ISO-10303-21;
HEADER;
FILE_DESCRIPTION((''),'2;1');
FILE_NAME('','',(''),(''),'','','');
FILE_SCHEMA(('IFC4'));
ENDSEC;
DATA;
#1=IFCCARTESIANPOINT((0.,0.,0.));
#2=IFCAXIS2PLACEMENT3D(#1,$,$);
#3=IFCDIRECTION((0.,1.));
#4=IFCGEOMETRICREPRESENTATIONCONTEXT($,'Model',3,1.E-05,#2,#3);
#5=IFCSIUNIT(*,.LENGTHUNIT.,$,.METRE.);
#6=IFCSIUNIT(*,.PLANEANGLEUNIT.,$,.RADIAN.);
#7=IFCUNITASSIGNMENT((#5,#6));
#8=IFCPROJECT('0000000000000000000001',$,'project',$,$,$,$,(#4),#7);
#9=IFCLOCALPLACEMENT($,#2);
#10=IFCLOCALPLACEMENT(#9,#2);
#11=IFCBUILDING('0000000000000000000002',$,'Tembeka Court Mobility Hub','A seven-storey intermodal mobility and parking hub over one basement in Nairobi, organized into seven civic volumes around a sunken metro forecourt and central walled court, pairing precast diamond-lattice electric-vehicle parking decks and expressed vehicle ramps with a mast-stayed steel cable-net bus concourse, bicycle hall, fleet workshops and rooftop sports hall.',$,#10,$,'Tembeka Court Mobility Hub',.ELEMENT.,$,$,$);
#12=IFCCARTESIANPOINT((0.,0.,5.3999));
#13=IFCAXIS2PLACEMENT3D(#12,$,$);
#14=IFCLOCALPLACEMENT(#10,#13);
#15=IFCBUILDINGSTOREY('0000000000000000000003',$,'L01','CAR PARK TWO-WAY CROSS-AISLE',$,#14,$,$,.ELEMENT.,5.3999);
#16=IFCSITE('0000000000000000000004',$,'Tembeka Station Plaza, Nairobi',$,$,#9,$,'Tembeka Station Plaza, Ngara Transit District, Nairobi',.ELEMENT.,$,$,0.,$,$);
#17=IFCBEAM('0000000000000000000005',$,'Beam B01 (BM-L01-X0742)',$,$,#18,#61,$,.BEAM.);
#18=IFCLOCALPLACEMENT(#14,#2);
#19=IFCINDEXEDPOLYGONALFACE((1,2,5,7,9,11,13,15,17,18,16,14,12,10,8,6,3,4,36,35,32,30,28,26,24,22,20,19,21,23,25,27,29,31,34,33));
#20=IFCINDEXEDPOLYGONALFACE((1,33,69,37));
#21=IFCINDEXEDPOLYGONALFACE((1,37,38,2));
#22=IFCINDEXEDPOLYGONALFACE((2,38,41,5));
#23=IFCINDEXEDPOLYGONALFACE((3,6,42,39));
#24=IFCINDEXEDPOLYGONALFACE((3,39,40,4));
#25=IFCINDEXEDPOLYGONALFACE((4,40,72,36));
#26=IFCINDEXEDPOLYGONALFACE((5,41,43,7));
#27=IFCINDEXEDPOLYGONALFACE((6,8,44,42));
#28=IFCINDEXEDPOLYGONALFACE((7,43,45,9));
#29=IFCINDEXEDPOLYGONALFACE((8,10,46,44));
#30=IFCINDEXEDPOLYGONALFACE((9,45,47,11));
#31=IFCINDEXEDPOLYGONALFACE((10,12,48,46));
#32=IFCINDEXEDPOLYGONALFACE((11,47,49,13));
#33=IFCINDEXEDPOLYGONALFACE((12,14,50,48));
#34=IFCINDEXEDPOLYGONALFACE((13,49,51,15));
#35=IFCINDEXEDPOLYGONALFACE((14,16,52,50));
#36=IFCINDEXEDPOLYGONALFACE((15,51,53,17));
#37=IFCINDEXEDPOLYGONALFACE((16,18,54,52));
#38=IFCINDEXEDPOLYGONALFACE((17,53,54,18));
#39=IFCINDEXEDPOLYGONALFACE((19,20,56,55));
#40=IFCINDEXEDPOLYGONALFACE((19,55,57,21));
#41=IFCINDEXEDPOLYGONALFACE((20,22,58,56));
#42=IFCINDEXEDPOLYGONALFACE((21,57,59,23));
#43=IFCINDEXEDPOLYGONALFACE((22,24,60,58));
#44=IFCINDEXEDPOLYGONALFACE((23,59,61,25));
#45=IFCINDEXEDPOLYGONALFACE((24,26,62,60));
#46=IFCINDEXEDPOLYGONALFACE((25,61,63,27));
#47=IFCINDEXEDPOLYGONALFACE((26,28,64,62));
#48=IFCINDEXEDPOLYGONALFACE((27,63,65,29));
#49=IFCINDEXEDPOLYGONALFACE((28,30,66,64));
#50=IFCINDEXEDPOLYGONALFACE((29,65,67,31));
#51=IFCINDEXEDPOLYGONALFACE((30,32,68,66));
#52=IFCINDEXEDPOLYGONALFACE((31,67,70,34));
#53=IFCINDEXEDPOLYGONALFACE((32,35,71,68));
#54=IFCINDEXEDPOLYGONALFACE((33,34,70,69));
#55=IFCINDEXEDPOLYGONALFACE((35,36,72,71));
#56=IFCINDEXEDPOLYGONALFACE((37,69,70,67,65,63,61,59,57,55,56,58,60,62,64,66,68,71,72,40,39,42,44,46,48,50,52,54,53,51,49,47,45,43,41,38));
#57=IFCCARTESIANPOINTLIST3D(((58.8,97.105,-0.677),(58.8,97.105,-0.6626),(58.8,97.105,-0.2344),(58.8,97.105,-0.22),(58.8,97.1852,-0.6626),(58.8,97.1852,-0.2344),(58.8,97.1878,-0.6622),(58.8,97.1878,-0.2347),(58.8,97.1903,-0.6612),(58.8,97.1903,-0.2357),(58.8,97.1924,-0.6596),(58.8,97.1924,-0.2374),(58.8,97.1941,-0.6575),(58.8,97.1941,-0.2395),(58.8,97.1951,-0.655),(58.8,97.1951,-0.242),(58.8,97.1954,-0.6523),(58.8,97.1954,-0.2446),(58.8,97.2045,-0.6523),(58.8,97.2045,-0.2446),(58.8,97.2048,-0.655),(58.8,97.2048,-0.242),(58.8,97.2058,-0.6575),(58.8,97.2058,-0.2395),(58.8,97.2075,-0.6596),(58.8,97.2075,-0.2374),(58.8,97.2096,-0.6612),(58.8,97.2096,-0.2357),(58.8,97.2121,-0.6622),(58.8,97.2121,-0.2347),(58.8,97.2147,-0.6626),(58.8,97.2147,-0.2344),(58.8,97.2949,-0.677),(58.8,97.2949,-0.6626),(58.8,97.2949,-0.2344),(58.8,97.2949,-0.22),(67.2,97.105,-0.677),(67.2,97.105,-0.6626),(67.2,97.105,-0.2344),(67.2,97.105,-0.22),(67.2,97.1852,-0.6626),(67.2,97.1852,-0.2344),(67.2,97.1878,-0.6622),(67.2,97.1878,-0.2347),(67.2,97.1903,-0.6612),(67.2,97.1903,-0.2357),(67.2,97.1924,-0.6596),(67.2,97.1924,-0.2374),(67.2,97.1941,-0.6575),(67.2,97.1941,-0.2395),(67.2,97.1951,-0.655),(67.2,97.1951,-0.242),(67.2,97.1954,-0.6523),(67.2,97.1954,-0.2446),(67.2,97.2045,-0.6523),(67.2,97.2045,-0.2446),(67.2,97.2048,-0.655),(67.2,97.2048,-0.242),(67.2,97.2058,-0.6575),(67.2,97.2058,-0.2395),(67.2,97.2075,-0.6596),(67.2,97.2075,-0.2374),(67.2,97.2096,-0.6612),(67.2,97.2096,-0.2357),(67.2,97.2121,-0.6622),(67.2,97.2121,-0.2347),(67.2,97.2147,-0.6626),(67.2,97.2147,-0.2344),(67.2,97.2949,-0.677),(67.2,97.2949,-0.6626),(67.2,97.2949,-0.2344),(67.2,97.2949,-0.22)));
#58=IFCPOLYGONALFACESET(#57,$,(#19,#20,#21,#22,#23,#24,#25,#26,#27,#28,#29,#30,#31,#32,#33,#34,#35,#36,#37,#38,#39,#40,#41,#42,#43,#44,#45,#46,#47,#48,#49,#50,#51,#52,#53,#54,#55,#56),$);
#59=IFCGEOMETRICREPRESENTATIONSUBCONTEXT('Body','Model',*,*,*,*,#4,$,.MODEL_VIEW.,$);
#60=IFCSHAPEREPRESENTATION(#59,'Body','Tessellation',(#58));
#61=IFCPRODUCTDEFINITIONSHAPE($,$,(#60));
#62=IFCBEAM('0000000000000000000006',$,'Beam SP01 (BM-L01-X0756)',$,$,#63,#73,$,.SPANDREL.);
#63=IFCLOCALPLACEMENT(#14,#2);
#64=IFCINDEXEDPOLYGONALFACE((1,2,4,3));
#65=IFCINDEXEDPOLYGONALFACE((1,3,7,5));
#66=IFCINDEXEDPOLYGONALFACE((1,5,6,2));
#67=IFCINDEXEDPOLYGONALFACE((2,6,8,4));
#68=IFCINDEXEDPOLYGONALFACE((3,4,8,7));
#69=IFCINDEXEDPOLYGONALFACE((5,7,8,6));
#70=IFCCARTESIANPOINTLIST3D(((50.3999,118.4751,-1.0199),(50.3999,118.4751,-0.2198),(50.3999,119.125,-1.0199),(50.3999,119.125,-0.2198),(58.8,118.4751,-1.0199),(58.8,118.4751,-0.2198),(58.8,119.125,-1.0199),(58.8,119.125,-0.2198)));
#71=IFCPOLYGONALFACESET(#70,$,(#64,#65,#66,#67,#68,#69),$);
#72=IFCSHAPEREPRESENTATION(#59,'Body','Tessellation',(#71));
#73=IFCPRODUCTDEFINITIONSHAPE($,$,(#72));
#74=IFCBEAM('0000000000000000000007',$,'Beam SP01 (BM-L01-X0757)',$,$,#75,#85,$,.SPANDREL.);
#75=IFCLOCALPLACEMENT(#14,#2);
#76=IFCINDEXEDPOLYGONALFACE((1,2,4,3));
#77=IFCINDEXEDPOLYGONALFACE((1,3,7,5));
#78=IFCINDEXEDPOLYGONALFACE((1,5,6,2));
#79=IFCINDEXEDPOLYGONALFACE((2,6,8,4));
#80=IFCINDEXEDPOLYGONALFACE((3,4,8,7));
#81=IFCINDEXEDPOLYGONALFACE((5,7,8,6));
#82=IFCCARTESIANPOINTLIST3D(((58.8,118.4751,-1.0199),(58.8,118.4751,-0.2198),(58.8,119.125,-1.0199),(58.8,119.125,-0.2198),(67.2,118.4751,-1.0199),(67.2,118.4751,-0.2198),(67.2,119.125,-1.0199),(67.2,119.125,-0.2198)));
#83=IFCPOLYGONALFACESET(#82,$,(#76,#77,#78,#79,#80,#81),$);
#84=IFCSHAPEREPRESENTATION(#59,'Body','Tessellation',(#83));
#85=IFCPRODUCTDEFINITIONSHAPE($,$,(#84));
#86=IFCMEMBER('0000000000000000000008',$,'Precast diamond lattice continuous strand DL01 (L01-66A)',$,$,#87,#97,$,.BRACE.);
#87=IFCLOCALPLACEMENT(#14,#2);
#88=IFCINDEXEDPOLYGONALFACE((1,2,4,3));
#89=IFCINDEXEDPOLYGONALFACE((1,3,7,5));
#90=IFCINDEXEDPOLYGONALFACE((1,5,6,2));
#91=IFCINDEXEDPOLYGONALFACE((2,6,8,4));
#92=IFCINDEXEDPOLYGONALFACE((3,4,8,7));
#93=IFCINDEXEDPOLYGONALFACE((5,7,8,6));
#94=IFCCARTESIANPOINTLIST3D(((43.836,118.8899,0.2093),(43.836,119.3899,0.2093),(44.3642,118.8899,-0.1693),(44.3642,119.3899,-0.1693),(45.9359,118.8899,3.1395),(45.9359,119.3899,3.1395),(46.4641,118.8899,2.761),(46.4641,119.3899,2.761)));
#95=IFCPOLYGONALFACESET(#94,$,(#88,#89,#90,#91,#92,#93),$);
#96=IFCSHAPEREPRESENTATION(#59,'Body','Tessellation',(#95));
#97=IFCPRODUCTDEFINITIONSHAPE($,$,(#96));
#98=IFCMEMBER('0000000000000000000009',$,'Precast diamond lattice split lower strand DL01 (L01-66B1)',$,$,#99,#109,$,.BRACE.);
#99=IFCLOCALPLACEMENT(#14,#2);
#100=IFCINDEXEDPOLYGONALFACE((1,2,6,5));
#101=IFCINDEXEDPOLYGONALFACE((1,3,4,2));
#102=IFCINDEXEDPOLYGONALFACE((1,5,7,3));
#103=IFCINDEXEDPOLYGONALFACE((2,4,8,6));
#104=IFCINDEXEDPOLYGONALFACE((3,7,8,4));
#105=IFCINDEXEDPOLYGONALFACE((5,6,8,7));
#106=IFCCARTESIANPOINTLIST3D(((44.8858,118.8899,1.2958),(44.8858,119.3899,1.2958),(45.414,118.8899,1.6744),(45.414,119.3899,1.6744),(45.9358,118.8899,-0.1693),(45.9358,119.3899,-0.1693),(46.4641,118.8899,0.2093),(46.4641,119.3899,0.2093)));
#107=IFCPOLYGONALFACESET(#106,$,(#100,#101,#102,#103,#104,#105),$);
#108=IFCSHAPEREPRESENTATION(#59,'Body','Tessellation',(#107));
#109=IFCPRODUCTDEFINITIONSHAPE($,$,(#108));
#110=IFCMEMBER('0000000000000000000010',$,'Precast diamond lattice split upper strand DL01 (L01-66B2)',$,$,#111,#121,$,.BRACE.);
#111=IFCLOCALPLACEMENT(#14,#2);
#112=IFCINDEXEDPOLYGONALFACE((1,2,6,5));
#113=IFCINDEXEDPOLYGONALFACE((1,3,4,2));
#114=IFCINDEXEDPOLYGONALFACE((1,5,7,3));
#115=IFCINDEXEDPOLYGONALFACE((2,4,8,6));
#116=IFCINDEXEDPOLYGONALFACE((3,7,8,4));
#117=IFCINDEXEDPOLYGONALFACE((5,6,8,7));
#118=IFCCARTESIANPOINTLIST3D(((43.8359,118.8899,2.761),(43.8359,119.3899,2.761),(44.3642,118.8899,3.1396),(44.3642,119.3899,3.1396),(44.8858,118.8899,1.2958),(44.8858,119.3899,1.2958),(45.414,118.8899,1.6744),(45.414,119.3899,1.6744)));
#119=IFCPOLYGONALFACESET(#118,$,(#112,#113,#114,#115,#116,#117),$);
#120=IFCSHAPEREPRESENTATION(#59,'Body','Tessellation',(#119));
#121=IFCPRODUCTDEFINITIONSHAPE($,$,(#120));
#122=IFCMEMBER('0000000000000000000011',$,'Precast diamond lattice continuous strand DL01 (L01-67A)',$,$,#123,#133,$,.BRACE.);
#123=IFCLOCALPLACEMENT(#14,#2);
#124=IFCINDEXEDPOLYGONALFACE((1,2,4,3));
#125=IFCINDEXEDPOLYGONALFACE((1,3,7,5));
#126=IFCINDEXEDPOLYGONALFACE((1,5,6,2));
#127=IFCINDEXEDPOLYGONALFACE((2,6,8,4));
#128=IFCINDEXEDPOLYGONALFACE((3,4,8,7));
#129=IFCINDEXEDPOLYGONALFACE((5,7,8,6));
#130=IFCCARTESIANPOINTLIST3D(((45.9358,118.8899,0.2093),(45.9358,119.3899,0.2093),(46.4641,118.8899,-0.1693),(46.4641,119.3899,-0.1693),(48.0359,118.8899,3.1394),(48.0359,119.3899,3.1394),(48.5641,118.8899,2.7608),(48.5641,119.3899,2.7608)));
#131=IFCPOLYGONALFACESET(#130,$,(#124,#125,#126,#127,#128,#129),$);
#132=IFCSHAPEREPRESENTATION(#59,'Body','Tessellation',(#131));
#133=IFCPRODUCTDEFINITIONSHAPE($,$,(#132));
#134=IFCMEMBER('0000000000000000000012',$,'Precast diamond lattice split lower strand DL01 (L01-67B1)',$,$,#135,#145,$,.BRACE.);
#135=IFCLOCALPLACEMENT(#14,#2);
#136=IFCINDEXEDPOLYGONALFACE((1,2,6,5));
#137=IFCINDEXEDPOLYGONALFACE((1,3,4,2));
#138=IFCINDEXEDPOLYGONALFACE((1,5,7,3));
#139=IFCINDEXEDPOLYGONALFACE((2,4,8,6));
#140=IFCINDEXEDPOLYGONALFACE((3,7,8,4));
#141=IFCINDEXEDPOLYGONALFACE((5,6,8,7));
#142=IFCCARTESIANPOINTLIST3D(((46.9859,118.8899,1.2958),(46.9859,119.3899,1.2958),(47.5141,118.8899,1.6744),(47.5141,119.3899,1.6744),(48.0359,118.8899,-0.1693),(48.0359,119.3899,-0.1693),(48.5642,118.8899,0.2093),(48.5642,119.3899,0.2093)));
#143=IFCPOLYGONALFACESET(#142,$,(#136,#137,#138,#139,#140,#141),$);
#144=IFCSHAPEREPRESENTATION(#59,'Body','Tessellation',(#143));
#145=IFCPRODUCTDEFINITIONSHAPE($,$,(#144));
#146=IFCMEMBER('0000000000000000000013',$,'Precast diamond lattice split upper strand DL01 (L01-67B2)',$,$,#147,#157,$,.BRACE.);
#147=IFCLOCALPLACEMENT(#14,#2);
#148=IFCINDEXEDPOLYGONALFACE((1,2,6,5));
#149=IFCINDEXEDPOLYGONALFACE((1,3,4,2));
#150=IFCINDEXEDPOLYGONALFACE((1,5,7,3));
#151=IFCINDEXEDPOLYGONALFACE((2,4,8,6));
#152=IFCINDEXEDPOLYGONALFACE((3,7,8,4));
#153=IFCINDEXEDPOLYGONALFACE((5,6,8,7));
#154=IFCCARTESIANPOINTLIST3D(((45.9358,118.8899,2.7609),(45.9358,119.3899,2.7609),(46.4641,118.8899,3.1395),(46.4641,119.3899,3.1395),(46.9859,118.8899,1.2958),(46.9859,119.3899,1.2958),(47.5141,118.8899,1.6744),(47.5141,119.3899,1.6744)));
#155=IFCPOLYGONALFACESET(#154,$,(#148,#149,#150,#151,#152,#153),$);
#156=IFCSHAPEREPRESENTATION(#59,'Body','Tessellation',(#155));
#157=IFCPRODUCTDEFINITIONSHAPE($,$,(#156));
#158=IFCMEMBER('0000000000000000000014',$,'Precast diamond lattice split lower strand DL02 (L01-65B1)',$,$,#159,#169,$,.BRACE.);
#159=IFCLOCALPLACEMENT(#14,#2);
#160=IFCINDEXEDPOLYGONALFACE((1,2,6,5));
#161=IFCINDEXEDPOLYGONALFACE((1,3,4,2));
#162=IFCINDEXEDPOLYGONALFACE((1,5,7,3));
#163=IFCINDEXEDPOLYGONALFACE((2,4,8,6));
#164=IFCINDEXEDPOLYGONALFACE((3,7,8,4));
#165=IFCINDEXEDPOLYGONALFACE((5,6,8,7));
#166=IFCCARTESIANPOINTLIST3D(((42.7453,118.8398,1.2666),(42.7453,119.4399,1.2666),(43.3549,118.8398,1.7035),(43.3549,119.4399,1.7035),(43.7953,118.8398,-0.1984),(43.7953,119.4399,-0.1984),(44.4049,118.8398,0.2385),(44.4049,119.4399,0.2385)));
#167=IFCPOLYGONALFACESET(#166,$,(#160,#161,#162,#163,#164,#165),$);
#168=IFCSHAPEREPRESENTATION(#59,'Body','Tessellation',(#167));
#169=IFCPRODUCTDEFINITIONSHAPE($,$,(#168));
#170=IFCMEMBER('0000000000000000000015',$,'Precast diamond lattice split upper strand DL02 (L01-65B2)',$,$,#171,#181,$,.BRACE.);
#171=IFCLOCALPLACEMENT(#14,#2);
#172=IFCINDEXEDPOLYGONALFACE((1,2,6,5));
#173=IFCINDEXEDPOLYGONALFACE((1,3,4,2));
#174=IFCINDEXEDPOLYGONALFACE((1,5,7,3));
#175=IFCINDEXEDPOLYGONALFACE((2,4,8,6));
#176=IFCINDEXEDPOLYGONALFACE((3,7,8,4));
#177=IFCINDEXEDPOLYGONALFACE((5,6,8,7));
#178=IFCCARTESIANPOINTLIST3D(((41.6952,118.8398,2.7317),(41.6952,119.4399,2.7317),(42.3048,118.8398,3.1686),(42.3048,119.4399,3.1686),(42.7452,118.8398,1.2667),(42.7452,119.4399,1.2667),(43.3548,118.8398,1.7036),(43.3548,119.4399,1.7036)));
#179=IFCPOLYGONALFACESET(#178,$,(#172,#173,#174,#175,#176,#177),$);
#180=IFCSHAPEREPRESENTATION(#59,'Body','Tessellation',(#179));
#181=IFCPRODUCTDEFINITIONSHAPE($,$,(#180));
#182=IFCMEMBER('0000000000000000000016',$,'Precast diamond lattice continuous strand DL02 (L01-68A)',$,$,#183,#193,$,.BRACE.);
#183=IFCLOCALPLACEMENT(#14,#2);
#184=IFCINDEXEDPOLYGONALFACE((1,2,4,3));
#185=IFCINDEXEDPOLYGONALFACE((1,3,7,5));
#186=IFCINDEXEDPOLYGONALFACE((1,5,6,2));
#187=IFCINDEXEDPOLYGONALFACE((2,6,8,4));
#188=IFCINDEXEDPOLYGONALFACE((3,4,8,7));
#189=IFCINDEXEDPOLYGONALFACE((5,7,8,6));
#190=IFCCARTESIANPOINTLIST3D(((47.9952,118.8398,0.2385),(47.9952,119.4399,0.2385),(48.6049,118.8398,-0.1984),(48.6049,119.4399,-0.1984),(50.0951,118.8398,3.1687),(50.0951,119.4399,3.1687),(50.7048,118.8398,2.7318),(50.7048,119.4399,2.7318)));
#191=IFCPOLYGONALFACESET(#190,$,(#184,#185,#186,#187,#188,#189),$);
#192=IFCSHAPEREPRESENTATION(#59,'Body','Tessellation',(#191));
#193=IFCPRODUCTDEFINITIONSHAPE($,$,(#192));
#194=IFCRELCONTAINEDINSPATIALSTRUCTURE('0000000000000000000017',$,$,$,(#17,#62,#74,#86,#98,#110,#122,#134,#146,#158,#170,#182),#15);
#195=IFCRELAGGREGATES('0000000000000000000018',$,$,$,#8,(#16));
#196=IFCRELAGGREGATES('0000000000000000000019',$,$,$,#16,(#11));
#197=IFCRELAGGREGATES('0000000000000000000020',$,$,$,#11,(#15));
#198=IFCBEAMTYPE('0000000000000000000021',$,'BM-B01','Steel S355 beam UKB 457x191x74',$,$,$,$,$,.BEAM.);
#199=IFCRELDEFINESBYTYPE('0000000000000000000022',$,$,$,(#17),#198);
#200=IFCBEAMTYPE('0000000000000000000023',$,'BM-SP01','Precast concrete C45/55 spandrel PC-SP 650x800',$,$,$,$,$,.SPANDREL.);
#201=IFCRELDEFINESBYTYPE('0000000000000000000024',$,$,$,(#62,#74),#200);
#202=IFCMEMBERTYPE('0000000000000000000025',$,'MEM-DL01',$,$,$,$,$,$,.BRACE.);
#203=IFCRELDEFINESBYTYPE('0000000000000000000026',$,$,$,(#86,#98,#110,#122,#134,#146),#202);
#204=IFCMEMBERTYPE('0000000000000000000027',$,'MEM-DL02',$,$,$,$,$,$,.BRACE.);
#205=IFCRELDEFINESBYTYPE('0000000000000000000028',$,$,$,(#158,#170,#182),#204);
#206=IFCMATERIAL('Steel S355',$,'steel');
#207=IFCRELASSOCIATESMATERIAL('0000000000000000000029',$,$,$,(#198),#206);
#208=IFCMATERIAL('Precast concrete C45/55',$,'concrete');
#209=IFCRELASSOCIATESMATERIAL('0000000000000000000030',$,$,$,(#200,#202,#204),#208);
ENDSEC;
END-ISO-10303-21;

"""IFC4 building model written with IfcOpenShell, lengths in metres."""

from ifc_helpers import new_model, si_unit, direction, frame, origin, origin_2d, place, context, subcontext, project, spatial, rectangle, i_section, extrude, material, material_profile, profile_set, type_object, element, save


model = new_model("IFC4")

# Units and contexts
model_context = context("Model", 3, precision=1e-05, world=origin(), true_north=direction((0.0, 1.0)))
body_context = subcontext(model_context, "Body", "Model", "MODEL_VIEW")
ifc_project = project(units=[si_unit("LENGTHUNIT", "METRE"), si_unit("PLANEANGLEUNIT", "RADIAN")], contexts=[model_context])

# Site, building, storey
site_placement = place(None, origin())
site = spatial("IfcSite", under=ifc_project, at=site_placement, Name="Tembeka Station Plaza, Nairobi", LongName="Tembeka Station Plaza, Ngara Transit District, Nairobi", CompositionType="ELEMENT", RefElevation=0.0)
building_placement = place(site_placement, origin())
building = spatial("IfcBuilding", under=site, at=building_placement, Name="Tembeka Court Mobility Hub", Description="A seven-storey intermodal mobility and parking hub over one basement in Nairobi, organized into seven civic volumes around a sunken metro forecourt and central walled court, pairing precast diamond-lattice electric-vehicle parking decks and expressed vehicle ramps with a mast-stayed steel cable-net bus concourse, bicycle hall, fleet workshops and rooftop sports hall.", LongName="Tembeka Court Mobility Hub", CompositionType="ELEMENT")
storey_placement = place(building_placement, frame((0.0, 0.0, 5.3999)))
storey = spatial("IfcBuildingStorey", under=building, at=storey_placement, Name="L01", Description="CAR PARK TWO-WAY CROSS-AISLE", CompositionType="ELEMENT", Elevation=5.3999)

# Shared definitions
ifc_material_1 = material(Name="Steel S355", Category="steel")

# Beams
ifc_material_profile_1 = material_profile(ifc_material_1, i_section(OverallWidth=0.1899, OverallDepth=0.457, WebThickness=0.009, FlangeThickness=0.0144, FilletRadius=0.0103, at=origin_2d()), Name="UKB 457x191x74")
ifc_profile_set_1 = profile_set([ifc_material_profile_1], Name="Steel S355")
beam_type_1 = type_object("IfcBeamType", Name="BM-B01", Description="Steel S355 beam UKB 457x191x74", PredefinedType="BEAM", material=ifc_profile_set_1)
beam_1_placement = place(storey_placement, frame((58.8, 97.2, -0.4485), z_axis=(1.0, 0.0, 0.0), x_axis=(0.0, 1.0, 0.0)))
element("IfcBeam", 1, at=beam_1_placement, inside=storey, type_object=beam_type_1, Name="Beam B01 (BM-L01-X0742)", PredefinedType="BEAM", context=body_context, shape_type="SweptSolid", body=[
    extrude(i_section(OverallWidth=0.1899, OverallDepth=0.457, WebThickness=0.009, FlangeThickness=0.0144, FilletRadius=0.0103, at=origin_2d()), origin(), (0.0, 0.0, 1.0), 8.3999),
])
ifc_material_2 = material(Name="Precast concrete C45/55", Category="concrete")
ifc_material_profile_2 = material_profile(ifc_material_2, rectangle(XDim=0.6499, YDim=0.8, at=origin_2d()), Name="PC-SP 650x800")
ifc_profile_set_2 = profile_set([ifc_material_profile_2], Name="Precast concrete C45/55")
beam_type_2 = type_object("IfcBeamType", Name="BM-SP01", Description="Precast concrete C45/55 spandrel PC-SP 650x800", PredefinedType="SPANDREL", material=ifc_profile_set_2)
beam_2_placement = place(storey_placement, frame((50.3999, 118.8, -0.6199), z_axis=(1.0, 0.0, 0.0), x_axis=(0.0, 1.0, 0.0)))
element("IfcBeam", 2, at=beam_2_placement, inside=storey, type_object=beam_type_2, Name="Beam SP01 (BM-L01-X0756)", PredefinedType="SPANDREL", context=body_context, shape_type="SweptSolid", body=[
    extrude(rectangle(XDim=0.6499, YDim=0.8, at=origin_2d()), origin(), (0.0, 0.0, 1.0), 8.4001),
])
beam_3_placement = place(storey_placement, frame((58.8, 118.8, -0.6199), z_axis=(1.0, 0.0, 0.0), x_axis=(0.0, 1.0, 0.0)))
element("IfcBeam", 3, at=beam_3_placement, inside=storey, type_object=beam_type_2, Name="Beam SP01 (BM-L01-X0757)", PredefinedType="SPANDREL", context=body_context, shape_type="SweptSolid", body=[
    extrude(rectangle(XDim=0.6499, YDim=0.8, at=origin_2d()), origin(), (0.0, 0.0, 1.0), 8.3999),
])

# Members
ifc_material_profile_3 = material_profile(ifc_material_2, rectangle(XDim=0.5, YDim=0.6499, at=origin_2d()), Name="PC-DIAG 500x650")
ifc_profile_set_3 = profile_set([ifc_material_profile_3], Name="Precast concrete C45/55")
member_type_1 = type_object("IfcMemberType", Name="MEM-DL01", PredefinedType="BRACE", material=ifc_profile_set_3)
member_1_placement = place(storey_placement, frame((44.1001, 119.1399, 0.02), z_axis=(0.5825, 0.0, 0.812831), x_axis=(0.0, 1.0, 0.0)))
element("IfcMember", 4, at=member_1_placement, inside=storey, type_object=member_type_1, Name="Precast diamond lattice continuous strand DL01 (L01-66A)", PredefinedType="BRACE", context=body_context, shape_type="SweptSolid", body=[
    extrude(rectangle(XDim=0.5, YDim=0.6499, at=origin_2d()), origin(), (0.0, 0.0, 1.0), 3.605),
])
for number, where, z_axis, x_axis, name in (
    (5, (46.2, 119.1399, 0.02), (-0.582544, 0.0, 0.812799), (0.0, -1.0, 0.0), "Precast diamond lattice split lower strand DL01 (L01-66B1)"),
    (6, (45.1499, 119.1399, 1.4851), (-0.582455, 0.0, 0.812863), (0.0, -1.0, 0.0), "Precast diamond lattice split upper strand DL01 (L01-66B2)"),
):
    element("IfcMember", number, at=place(storey_placement, frame(where, z_axis=z_axis, x_axis=x_axis)), inside=storey, type_object=member_type_1, Name=name, PredefinedType="BRACE", context=body_context, shape_type="SweptSolid", body=[
        extrude(rectangle(XDim=0.5, YDim=0.6499, at=origin_2d()), origin(), (0.0, 0.0, 1.0), 1.8025),
    ])
member_2_placement = place(storey_placement, frame((46.2, 119.1399, 0.02), z_axis=(0.582544, 0.0, 0.812799), x_axis=(0.0, 1.0, 0.0)))
element("IfcMember", 7, at=member_2_placement, inside=storey, type_object=member_type_1, Name="Precast diamond lattice continuous strand DL01 (L01-67A)", PredefinedType="BRACE", context=body_context, shape_type="SweptSolid", body=[
    extrude(rectangle(XDim=0.5, YDim=0.6499, at=origin_2d()), origin(), (0.0, 0.0, 1.0), 3.605),
])
for number, where, z_axis, x_axis, name in (
    (8, (48.3, 119.1399, 0.02), (-0.582544, 0.0, 0.812799), (0.0, -1.0, 0.0), "Precast diamond lattice split lower strand DL01 (L01-67B1)"),
    (9, (47.25, 119.1399, 1.4851), (-0.582544, 0.0, 0.812799), (0.0, -1.0, 0.0), "Precast diamond lattice split upper strand DL01 (L01-67B2)"),
):
    element("IfcMember", number, at=place(storey_placement, frame(where, z_axis=z_axis, x_axis=x_axis)), inside=storey, type_object=member_type_1, Name=name, PredefinedType="BRACE", context=body_context, shape_type="SweptSolid", body=[
        extrude(rectangle(XDim=0.5, YDim=0.6499, at=origin_2d()), origin(), (0.0, 0.0, 1.0), 1.8025),
    ])
ifc_material_profile_4 = material_profile(ifc_material_2, rectangle(XDim=0.6001, YDim=0.75, at=origin_2d()), Name="PC-DIAG 600x750")
ifc_profile_set_4 = profile_set([ifc_material_profile_4], Name="Precast concrete C45/55")
member_type_2 = type_object("IfcMemberType", Name="MEM-DL02", PredefinedType="BRACE", material=ifc_profile_set_4)
for number, where, z_axis, x_axis, name in (
    (10, (44.1001, 119.1399, 0.02), (-0.582544, 0.0, 0.812799), (0.0, -1.0, 0.0), "Precast diamond lattice split lower strand DL02 (L01-65B1)"),
    (11, (43.05, 119.1399, 1.4851), (-0.582544, 0.0, 0.812799), (0.0, -1.0, 0.0), "Precast diamond lattice split upper strand DL02 (L01-65B2)"),
):
    element("IfcMember", number, at=place(storey_placement, frame(where, z_axis=z_axis, x_axis=x_axis)), inside=storey, type_object=member_type_2, Name=name, PredefinedType="BRACE", context=body_context, shape_type="SweptSolid", body=[
        extrude(rectangle(XDim=0.6001, YDim=0.75, at=origin_2d()), origin(), (0.0, 0.0, 1.0), 1.8025),
    ])
member_3_placement = place(storey_placement, frame((48.3, 119.1399, 0.02), z_axis=(0.5825, 0.0, 0.812831), x_axis=(0.0, 1.0, 0.0)))
element("IfcMember", 12, at=member_3_placement, inside=storey, type_object=member_type_2, Name="Precast diamond lattice continuous strand DL02 (L01-68A)", PredefinedType="BRACE", context=body_context, shape_type="SweptSolid", body=[
    extrude(rectangle(XDim=0.6001, YDim=0.75, at=origin_2d()), origin(), (0.0, 0.0, 1.0), 3.605),
])

save(model, "model.ifc")
